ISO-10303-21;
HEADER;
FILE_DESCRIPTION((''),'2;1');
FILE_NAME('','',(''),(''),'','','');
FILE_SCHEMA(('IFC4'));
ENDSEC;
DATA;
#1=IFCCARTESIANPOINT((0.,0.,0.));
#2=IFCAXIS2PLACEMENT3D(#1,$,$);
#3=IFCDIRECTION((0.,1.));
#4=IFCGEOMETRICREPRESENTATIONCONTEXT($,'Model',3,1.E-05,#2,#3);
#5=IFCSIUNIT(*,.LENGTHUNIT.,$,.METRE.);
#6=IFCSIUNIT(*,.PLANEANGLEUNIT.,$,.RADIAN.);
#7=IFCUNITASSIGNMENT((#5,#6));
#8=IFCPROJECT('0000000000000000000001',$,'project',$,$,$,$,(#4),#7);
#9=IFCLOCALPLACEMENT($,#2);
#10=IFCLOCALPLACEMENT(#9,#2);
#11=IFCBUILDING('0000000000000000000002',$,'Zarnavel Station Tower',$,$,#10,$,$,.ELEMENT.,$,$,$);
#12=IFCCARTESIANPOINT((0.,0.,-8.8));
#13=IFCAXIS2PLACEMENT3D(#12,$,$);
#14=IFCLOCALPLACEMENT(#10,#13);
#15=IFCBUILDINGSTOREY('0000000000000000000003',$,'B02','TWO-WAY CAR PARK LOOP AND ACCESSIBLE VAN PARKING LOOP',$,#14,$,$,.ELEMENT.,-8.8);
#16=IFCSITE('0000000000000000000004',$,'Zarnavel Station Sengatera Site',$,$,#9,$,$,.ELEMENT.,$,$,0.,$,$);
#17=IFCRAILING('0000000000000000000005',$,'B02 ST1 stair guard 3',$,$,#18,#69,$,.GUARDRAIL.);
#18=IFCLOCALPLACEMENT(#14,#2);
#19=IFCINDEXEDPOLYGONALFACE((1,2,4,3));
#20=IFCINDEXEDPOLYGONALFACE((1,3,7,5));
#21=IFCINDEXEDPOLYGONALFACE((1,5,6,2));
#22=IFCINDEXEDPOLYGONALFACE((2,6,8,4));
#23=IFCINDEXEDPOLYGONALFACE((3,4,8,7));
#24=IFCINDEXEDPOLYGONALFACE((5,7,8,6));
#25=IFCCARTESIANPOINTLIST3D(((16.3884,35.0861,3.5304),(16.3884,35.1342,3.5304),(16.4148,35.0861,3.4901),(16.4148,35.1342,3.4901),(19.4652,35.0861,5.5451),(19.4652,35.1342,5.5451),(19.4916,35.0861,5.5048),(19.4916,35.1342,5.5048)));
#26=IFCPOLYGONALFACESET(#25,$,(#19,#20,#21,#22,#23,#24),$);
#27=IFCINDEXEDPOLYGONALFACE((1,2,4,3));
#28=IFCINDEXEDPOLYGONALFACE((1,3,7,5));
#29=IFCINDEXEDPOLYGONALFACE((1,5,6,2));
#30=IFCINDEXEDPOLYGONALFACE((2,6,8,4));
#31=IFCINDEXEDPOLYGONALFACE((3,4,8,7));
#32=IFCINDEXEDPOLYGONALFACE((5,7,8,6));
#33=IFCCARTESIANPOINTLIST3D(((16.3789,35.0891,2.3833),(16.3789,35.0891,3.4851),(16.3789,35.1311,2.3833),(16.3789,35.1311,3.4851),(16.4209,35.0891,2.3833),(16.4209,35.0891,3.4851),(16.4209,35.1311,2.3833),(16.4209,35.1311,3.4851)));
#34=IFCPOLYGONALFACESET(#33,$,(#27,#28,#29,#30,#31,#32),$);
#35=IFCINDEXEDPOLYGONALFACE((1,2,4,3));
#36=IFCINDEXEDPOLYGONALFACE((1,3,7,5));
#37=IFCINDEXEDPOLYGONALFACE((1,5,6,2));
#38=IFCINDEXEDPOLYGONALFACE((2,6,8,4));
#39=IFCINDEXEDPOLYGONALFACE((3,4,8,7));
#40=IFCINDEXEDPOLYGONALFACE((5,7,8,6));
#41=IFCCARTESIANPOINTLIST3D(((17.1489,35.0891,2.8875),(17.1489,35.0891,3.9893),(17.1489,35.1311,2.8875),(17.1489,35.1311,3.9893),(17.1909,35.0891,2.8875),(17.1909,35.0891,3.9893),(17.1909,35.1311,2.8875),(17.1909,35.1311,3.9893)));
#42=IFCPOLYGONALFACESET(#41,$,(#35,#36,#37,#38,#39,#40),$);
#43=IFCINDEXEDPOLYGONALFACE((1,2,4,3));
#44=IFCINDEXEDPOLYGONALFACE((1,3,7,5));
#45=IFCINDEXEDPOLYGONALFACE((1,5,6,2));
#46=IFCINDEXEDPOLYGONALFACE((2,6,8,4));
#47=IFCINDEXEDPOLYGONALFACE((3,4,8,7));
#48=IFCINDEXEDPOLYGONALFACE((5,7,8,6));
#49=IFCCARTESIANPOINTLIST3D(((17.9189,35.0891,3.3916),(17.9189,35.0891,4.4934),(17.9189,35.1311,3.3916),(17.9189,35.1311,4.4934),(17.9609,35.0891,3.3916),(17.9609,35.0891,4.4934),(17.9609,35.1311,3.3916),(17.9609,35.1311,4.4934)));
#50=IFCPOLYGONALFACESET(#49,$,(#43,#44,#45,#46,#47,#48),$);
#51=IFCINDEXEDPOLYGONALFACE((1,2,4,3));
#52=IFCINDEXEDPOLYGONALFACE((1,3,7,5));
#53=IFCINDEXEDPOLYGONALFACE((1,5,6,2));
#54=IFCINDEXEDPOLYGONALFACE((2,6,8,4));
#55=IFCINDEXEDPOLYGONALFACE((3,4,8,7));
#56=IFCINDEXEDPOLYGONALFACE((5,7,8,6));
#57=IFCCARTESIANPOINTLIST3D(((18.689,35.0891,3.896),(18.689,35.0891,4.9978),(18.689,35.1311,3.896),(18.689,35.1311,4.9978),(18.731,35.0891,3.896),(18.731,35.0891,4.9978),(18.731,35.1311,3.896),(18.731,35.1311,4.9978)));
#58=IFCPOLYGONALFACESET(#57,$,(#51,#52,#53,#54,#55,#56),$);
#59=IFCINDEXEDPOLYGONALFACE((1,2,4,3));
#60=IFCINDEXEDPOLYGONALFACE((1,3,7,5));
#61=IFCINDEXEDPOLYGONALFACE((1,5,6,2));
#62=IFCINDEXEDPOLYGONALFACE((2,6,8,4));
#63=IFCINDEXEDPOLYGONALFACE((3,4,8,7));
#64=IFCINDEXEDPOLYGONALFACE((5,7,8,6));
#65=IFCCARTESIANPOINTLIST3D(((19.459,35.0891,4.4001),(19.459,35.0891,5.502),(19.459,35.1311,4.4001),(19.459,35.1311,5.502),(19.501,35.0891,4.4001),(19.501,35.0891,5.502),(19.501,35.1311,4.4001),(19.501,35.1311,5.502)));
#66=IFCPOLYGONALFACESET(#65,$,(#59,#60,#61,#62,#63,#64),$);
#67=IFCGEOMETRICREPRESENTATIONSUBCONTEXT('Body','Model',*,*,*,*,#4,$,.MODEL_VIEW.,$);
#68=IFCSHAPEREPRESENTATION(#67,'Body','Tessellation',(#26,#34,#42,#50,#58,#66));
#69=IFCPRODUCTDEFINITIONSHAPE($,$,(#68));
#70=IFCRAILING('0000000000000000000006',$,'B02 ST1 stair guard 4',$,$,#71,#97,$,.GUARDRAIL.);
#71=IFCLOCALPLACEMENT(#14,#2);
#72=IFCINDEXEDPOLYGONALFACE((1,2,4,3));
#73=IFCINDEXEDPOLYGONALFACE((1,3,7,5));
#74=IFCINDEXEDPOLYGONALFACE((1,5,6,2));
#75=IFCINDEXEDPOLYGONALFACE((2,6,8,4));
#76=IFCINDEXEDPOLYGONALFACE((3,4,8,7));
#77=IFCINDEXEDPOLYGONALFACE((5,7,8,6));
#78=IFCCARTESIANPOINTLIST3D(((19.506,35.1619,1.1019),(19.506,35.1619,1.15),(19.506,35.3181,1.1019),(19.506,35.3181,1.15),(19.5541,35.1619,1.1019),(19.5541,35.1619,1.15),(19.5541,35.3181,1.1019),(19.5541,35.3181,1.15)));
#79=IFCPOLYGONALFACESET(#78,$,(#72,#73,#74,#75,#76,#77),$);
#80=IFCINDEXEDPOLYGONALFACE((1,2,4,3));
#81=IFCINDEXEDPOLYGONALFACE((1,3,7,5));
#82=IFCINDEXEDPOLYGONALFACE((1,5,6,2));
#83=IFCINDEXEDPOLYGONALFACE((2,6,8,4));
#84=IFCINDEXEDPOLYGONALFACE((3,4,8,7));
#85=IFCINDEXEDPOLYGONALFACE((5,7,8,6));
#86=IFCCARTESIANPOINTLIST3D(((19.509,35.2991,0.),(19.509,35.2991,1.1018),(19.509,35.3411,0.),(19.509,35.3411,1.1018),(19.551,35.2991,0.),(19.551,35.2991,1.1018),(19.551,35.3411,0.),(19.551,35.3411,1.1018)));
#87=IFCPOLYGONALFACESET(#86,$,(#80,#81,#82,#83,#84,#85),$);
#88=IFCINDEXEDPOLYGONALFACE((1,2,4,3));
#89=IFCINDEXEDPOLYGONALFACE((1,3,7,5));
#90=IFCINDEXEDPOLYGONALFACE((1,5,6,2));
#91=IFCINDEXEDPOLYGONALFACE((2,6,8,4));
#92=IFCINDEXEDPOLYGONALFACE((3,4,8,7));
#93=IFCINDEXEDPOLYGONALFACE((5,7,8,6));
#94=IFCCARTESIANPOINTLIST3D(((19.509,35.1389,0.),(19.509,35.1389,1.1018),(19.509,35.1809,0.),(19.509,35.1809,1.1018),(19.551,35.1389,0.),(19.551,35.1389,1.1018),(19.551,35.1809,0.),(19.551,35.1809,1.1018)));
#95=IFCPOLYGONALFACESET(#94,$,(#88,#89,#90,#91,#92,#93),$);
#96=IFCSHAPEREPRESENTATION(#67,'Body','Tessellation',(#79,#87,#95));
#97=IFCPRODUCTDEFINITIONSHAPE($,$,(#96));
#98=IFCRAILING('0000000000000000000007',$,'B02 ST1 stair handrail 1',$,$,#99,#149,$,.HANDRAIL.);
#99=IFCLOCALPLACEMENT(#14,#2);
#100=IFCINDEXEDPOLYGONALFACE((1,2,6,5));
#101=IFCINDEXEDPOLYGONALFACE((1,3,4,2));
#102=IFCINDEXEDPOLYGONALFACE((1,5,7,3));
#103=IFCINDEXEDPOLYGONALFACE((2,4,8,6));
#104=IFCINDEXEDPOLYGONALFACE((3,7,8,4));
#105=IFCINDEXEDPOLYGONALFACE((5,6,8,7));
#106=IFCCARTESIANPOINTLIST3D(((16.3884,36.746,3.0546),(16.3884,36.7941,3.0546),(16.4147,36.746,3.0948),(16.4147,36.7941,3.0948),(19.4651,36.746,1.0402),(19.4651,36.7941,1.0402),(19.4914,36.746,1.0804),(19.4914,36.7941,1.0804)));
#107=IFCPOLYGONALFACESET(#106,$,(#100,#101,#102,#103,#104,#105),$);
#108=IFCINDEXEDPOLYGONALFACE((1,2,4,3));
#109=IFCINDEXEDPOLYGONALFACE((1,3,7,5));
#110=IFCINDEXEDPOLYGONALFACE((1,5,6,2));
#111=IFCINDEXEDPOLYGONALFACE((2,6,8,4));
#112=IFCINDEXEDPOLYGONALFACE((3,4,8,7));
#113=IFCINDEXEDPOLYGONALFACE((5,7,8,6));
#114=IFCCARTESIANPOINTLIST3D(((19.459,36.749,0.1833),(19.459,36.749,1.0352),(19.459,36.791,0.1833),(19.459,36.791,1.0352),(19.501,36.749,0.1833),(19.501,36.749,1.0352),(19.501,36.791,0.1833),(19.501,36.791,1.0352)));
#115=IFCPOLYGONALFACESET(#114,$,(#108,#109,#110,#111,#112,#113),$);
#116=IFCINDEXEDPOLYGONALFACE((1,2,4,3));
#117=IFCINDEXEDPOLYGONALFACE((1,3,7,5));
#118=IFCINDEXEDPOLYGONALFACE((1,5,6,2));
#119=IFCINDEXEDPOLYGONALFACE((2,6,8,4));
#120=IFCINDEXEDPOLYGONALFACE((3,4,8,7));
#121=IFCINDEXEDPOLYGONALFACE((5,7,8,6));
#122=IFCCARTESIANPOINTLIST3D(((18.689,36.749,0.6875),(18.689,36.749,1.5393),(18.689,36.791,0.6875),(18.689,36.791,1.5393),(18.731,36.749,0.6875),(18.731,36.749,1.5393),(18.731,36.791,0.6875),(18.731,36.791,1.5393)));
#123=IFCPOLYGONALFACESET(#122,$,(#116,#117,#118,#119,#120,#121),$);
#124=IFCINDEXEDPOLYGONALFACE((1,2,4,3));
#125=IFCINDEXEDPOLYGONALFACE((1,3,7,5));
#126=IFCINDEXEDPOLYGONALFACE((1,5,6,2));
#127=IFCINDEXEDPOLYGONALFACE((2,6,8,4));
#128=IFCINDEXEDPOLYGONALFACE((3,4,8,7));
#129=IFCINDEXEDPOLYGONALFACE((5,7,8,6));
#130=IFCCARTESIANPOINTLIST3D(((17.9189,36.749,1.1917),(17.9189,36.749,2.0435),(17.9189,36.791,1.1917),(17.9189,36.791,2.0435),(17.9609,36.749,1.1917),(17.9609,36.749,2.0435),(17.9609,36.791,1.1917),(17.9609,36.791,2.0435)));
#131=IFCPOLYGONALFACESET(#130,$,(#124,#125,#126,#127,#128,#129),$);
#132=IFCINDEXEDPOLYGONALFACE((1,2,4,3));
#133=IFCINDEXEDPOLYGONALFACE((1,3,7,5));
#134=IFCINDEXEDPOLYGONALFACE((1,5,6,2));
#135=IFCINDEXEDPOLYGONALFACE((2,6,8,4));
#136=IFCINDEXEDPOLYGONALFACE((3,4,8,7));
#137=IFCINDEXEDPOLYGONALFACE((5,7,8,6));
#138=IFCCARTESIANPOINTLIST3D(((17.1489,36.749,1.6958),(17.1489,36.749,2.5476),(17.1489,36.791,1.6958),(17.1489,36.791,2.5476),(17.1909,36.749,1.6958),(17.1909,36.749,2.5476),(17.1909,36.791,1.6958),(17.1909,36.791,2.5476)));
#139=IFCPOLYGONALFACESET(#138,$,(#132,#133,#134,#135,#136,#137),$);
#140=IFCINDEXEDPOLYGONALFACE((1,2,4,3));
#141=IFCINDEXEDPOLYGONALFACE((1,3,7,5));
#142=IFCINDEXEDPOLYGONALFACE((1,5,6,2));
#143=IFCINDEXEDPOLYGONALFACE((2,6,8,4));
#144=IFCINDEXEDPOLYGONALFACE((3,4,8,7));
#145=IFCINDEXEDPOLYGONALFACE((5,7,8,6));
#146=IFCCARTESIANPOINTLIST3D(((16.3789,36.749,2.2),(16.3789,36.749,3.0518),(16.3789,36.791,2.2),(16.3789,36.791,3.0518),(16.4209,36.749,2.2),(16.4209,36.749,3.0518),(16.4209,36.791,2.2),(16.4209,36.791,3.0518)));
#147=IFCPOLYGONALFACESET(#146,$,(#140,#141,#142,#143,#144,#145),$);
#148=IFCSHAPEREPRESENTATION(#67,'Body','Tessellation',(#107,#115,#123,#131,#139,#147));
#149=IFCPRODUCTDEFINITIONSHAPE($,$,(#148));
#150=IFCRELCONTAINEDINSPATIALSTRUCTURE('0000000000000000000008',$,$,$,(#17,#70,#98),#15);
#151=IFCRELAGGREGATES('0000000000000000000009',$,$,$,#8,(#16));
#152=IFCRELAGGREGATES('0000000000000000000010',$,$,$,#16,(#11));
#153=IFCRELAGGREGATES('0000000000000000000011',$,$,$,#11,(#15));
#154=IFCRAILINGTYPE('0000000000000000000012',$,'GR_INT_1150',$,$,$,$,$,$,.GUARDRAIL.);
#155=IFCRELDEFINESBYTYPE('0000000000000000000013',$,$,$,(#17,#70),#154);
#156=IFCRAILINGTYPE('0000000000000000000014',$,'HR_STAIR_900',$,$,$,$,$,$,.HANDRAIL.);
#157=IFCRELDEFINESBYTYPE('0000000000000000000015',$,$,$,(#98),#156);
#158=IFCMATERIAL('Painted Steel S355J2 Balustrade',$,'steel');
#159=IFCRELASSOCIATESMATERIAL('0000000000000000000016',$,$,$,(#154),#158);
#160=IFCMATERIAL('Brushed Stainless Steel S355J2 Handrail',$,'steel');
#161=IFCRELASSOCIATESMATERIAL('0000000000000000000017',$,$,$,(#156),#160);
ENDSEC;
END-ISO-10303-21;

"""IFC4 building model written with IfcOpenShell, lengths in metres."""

from ifc_helpers import new_model, si_unit, direction, frame, origin, origin_2d, place, context, subcontext, project, spatial, rectangle, extrude, material, type_object, element, save


model = new_model("IFC4")

# Units and contexts
model_context = context("Model", 3, precision=1e-05, world=origin(), true_north=direction((0.0, 1.0)))
body_context = subcontext(model_context, "Body", "Model", "MODEL_VIEW")
ifc_project = project(units=[si_unit("LENGTHUNIT", "METRE"), si_unit("PLANEANGLEUNIT", "RADIAN")], contexts=[model_context])

# Site, building, storey
site_placement = place(None, origin())
site = spatial("IfcSite", under=ifc_project, at=site_placement, Name="Zarnavel Station Sengatera Site", CompositionType="ELEMENT", RefElevation=0.0)
building_placement = place(site_placement, origin())
building = spatial("IfcBuilding", under=site, at=building_placement, Name="Zarnavel Station Tower", CompositionType="ELEMENT")
storey_placement = place(building_placement, frame((0.0, 0.0, -8.8)))
storey = spatial("IfcBuildingStorey", under=building, at=storey_placement, Name="B02", Description="TWO-WAY CAR PARK LOOP AND ACCESSIBLE VAN PARKING LOOP", CompositionType="ELEMENT", Elevation=-8.8)

# Railings
ifc_material_1 = material(Name="Painted Steel S355J2 Balustrade", Category="steel")
railing_type_1 = type_object("IfcRailingType", Name="GR_INT_1150", PredefinedType="GUARDRAIL", material=ifc_material_1)
railing_1_placement = place(storey_placement, frame((16.3999, 35.1101, 2.3833)))
element("IfcRailing", 1, at=railing_1_placement, inside=storey, type_object=railing_type_1, Name="B02 ST1 stair guard 3", PredefinedType="GUARDRAIL", context=body_context, shape_type="SweptSolid", body=[
    extrude(rectangle(XDim=0.0481, YDim=0.0481, at=origin_2d()), frame((0.0017, 0.0, 1.127), z_axis=(0.836603, 0.0, 0.54781), x_axis=(0.0, 1.0, 0.0)), (0.0, 0.0, 1.0), 3.6777),
    extrude(rectangle(XDim=0.042, YDim=0.042, at=origin_2d()), origin(), (0.0, 0.0, 1.0), 1.1018),
    extrude(rectangle(XDim=0.042, YDim=0.042, at=origin_2d()), frame((0.77, 0.0, 0.5042)), (0.0, 0.0, 1.0), 1.1018),
    extrude(rectangle(XDim=0.042, YDim=0.042, at=origin_2d()), frame((1.54, 0.0, 1.0083)), (0.0, 0.0, 1.0), 1.1018),
    extrude(rectangle(XDim=0.042, YDim=0.042, at=origin_2d()), frame((2.3101, 0.0, 1.5127)), (0.0, 0.0, 1.0), 1.1018),
    extrude(rectangle(XDim=0.042, YDim=0.042, at=origin_2d()), frame((3.0801, 0.0, 2.0168)), (0.0, 0.0, 1.0), 1.1018),
])
railing_2_placement = place(storey_placement, frame((19.53, 35.3201, 0.0)))
element("IfcRailing", 2, at=railing_2_placement, inside=storey, type_object=railing_type_1, Name="B02 ST1 stair guard 4", PredefinedType="GUARDRAIL", context=body_context, shape_type="SweptSolid", body=[
    extrude(rectangle(XDim=0.0481, YDim=0.0481, at=origin_2d()), frame((0.0, -0.002, 1.126), z_axis=(0.0, -1.0, 0.0), x_axis=(1.0, 0.0, 0.0)), (0.0, 0.0, 1.0), 0.1562),
    extrude(rectangle(XDim=0.042, YDim=0.042, at=origin_2d()), origin(), (0.0, 0.0, 1.0), 1.1018),
    extrude(rectangle(XDim=0.042, YDim=0.042, at=origin_2d()), frame((0.0, -0.1602, 0.0)), (0.0, 0.0, 1.0), 1.1018),
])
ifc_material_2 = material(Name="Brushed Stainless Steel S355J2 Handrail", Category="steel")
railing_type_2 = type_object("IfcRailingType", Name="HR_STAIR_900", PredefinedType="HANDRAIL", material=ifc_material_2)
railing_3_placement = place(storey_placement, frame((19.48, 36.77, 0.1833)))
element("IfcRailing", 3, at=railing_3_placement, inside=storey, type_object=railing_type_2, Name="B02 ST1 stair handrail 1", PredefinedType="HANDRAIL", context=body_context, shape_type="SweptSolid", body=[
    extrude(rectangle(XDim=0.0481, YDim=0.0481, at=origin_2d()), frame((-0.0017, 0.0, 0.877), z_axis=(-0.836633, 0.0, 0.547764), x_axis=(0.0, -1.0, 0.0)), (0.0, 0.0, 1.0), 3.6775),
    extrude(rectangle(XDim=0.042, YDim=0.042, at=origin_2d()), origin(), (0.0, 0.0, 1.0), 0.8518),
    extrude(rectangle(XDim=0.042, YDim=0.042, at=origin_2d()), frame((-0.77, 0.0, 0.5042)), (0.0, 0.0, 1.0), 0.8518),
    extrude(rectangle(XDim=0.042, YDim=0.042, at=origin_2d()), frame((-1.54, 0.0, 1.0083)), (0.0, 0.0, 1.0), 0.8518),
    extrude(rectangle(XDim=0.042, YDim=0.042, at=origin_2d()), frame((-2.3101, 0.0, 1.5125)), (0.0, 0.0, 1.0), 0.8518),
    extrude(rectangle(XDim=0.042, YDim=0.042, at=origin_2d()), frame((-3.0801, 0.0, 2.0166)), (0.0, 0.0, 1.0), 0.8518),
])

save(model, "model.ifc")
